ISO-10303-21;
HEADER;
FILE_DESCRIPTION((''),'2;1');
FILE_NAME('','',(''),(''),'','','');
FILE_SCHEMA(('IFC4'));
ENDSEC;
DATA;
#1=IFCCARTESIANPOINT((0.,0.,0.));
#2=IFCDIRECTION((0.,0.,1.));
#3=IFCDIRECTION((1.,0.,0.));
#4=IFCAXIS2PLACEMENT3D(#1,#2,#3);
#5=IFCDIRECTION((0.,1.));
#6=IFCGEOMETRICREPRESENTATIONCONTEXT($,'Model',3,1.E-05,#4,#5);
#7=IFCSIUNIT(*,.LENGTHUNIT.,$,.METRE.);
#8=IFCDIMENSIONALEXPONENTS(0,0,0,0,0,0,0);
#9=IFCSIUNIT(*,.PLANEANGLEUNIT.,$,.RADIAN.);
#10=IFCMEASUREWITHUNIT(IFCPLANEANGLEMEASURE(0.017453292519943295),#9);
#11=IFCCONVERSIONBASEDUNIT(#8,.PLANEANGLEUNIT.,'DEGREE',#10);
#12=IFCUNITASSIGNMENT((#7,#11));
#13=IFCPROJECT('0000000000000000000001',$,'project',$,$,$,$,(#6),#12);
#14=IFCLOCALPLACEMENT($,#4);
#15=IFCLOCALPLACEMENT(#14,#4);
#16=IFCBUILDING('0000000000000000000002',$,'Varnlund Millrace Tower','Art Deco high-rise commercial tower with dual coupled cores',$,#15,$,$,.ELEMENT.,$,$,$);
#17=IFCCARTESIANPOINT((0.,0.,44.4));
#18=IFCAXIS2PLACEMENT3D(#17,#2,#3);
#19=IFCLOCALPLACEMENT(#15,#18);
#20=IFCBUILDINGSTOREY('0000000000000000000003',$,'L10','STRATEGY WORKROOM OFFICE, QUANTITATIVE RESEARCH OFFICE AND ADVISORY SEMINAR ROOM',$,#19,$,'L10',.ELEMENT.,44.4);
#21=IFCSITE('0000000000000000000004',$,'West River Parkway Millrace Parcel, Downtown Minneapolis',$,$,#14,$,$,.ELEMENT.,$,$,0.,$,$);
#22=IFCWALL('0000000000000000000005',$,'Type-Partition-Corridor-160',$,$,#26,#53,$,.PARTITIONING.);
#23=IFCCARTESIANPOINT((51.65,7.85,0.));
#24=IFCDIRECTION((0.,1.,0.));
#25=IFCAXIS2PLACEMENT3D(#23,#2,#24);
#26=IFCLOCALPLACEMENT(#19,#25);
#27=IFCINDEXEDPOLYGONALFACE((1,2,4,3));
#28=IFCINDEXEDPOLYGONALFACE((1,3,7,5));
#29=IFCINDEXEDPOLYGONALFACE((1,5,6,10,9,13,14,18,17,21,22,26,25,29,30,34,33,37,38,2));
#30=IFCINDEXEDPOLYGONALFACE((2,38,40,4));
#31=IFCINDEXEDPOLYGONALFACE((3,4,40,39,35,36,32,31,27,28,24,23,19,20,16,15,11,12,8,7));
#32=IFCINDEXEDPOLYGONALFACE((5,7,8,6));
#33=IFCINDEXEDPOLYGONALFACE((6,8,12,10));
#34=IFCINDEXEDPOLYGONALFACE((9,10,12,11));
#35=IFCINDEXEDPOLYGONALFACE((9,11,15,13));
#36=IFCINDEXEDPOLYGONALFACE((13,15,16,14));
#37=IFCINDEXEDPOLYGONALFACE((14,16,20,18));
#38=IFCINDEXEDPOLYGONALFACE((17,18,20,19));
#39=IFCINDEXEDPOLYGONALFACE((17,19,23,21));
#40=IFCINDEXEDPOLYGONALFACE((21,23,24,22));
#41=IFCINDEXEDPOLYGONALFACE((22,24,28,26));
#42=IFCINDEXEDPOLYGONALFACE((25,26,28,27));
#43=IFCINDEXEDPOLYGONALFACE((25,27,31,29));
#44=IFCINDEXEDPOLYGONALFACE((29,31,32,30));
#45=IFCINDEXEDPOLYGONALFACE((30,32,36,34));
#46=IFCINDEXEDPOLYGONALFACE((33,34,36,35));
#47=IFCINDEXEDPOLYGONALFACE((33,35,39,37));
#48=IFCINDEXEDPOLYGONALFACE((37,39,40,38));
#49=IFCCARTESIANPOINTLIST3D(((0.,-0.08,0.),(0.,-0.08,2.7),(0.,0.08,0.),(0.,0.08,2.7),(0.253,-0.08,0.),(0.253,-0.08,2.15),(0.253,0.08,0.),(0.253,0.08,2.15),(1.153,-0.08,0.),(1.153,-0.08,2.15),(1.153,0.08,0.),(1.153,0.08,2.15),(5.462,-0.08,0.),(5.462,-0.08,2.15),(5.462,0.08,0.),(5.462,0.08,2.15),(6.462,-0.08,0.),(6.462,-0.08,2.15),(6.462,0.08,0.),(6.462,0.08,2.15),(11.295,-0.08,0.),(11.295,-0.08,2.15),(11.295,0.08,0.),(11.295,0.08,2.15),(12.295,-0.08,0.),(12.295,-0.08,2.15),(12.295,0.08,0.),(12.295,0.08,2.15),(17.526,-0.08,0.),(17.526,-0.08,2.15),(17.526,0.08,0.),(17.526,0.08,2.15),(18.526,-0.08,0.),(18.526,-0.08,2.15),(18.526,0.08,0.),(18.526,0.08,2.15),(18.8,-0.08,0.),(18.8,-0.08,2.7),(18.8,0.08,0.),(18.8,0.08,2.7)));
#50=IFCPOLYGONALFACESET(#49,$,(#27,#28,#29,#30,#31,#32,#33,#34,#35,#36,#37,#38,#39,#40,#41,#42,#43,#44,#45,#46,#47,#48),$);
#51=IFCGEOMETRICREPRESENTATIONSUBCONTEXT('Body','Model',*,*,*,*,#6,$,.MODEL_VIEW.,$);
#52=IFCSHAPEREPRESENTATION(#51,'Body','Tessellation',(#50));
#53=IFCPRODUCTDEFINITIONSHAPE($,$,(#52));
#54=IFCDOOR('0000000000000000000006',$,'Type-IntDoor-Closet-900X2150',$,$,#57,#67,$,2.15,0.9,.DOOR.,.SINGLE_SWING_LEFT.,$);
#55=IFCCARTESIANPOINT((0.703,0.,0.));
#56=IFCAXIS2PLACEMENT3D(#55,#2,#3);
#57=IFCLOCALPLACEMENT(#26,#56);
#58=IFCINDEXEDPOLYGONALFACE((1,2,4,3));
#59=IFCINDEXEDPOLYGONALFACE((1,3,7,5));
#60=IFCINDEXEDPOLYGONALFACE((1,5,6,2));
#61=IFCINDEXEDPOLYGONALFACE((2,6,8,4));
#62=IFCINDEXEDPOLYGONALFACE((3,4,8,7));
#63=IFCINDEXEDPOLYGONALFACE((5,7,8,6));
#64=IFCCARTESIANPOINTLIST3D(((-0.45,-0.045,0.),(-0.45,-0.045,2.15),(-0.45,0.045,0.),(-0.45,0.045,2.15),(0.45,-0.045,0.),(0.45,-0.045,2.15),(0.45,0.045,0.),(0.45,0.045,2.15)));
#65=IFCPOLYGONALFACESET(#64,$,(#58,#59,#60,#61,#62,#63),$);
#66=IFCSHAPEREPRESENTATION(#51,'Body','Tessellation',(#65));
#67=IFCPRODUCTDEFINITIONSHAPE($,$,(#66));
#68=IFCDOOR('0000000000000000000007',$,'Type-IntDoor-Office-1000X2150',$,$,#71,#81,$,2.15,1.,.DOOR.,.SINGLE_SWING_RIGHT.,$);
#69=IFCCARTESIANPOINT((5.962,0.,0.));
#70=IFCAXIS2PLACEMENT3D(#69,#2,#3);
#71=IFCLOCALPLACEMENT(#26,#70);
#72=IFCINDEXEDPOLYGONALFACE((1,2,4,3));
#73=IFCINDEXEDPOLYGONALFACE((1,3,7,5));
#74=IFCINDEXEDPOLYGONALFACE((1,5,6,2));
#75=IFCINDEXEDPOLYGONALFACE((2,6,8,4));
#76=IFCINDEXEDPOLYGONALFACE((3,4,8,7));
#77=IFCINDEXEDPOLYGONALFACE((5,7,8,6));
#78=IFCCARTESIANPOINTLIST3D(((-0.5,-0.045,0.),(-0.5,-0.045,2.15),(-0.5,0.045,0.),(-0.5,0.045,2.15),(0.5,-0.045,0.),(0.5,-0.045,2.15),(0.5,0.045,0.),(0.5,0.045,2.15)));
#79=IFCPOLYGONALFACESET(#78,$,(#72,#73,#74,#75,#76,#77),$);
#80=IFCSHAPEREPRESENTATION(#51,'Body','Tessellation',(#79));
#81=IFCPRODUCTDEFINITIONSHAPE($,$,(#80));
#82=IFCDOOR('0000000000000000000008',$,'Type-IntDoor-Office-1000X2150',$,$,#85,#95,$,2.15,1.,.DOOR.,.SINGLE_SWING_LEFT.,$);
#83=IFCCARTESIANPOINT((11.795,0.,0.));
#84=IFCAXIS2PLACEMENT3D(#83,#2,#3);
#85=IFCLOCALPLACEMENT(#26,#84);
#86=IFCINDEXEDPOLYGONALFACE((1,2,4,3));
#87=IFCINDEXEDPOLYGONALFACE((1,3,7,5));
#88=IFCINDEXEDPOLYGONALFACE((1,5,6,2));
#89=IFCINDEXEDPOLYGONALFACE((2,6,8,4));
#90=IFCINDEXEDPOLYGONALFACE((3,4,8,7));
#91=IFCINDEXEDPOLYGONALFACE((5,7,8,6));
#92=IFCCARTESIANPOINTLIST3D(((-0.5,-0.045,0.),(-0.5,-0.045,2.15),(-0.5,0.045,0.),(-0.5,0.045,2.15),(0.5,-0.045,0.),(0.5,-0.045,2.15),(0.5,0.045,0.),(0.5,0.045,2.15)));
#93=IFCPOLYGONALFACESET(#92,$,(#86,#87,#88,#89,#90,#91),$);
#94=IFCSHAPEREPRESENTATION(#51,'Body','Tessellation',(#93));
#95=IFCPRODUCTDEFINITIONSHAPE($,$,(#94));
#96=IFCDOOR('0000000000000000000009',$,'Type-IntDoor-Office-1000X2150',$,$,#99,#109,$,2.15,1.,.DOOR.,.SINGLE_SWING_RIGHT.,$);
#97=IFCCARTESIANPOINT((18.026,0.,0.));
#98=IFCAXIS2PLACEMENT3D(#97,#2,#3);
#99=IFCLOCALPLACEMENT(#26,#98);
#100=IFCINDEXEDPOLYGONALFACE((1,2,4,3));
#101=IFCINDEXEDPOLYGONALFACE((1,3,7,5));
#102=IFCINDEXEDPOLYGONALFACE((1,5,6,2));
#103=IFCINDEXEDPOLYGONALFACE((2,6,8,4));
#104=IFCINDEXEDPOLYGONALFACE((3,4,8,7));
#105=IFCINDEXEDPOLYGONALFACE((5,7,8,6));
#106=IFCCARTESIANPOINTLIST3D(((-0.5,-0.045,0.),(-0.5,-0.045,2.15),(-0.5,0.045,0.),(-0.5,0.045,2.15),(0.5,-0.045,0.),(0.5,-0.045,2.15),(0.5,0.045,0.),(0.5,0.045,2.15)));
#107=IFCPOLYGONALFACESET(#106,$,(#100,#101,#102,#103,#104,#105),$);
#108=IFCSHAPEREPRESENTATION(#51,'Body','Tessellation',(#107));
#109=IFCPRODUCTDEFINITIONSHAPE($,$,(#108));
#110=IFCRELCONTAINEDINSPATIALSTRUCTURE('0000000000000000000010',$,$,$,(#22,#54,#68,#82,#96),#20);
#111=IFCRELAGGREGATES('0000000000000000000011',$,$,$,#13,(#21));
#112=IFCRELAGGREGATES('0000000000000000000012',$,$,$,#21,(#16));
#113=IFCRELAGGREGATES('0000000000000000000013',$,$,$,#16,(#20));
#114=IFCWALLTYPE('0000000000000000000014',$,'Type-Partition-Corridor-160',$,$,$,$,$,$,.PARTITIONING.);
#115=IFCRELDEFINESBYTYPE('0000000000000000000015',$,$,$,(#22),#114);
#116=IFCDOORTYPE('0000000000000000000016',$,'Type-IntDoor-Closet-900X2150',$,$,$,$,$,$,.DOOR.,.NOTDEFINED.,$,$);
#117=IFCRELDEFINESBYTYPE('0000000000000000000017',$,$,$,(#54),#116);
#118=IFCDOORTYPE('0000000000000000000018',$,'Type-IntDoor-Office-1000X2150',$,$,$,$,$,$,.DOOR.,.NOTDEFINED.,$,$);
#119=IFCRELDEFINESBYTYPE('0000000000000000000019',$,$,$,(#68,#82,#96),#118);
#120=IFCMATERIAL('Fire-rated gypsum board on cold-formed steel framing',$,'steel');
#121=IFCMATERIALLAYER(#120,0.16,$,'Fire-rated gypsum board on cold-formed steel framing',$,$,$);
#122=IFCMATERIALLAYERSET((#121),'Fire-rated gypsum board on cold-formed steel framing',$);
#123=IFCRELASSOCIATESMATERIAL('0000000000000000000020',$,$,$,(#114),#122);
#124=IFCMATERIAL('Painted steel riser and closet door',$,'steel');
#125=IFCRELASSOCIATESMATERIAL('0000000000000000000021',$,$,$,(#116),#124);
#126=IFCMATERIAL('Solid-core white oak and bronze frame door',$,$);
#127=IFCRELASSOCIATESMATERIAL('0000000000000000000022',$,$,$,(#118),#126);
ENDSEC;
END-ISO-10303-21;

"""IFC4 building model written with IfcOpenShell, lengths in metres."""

from ifc_helpers import new_model, entity, si_unit, converted_unit, direction, frame, origin_with_axes, origin_2d_with_axis, place, context, subcontext, project, spatial, polyline, rectangle, outline, extrude, material, layer, layer_set, type_object, element, fill, save


model = new_model("IFC4")

# Units and contexts
model_context = context("Model", 3, precision=1e-05, world=origin_with_axes(), true_north=direction((0.0, 1.0)))
body_context = subcontext(model_context, "Body", "Model", "MODEL_VIEW")
ifc_project = project(units=[si_unit("LENGTHUNIT", "METRE"), converted_unit("PLANEANGLEUNIT", "DEGREE", entity("IfcPlaneAngleMeasure", 0.017453292519943295), si_unit("PLANEANGLEUNIT", "RADIAN"), dimensions=[0, 0, 0, 0, 0, 0, 0])], contexts=[model_context])

# Site, building, storey
site_placement = place(None, origin_with_axes())
site = spatial("IfcSite", under=ifc_project, at=site_placement, Name="West River Parkway Millrace Parcel, Downtown Minneapolis", CompositionType="ELEMENT", RefElevation=0.0)
building_placement = place(site_placement, origin_with_axes())
building = spatial("IfcBuilding", under=site, at=building_placement, Name="Varnlund Millrace Tower", Description="Art Deco high-rise commercial tower with dual coupled cores", CompositionType="ELEMENT")
storey_placement = place(building_placement, frame((0.0, 0.0, 44.4), z_axis=(0.0, 0.0, 1.0), x_axis=(1.0, 0.0, 0.0)))
storey = spatial("IfcBuildingStorey", under=building, at=storey_placement, Name="L10", Description="STRATEGY WORKROOM OFFICE, QUANTITATIVE RESEARCH OFFICE AND ADVISORY SEMINAR ROOM", LongName="L10", CompositionType="ELEMENT", Elevation=44.4)

# Wall, openings, doors
ifc_material_1 = material(Name="Fire-rated gypsum board on cold-formed steel framing", Category="steel")
ifc_layer_1 = layer(ifc_material_1, 0.16, Name="Fire-rated gypsum board on cold-formed steel framing")
ifc_layer_set_1 = layer_set([ifc_layer_1], Name="Fire-rated gypsum board on cold-formed steel framing")
wall_type_1 = type_object("IfcWallType", Name="Type-Partition-Corridor-160", PredefinedType="PARTITIONING", material=ifc_layer_set_1)
wall_1_placement = place(storey_placement, frame((51.65, 7.85, 0.0), z_axis=(0.0, 0.0, 1.0), x_axis=(0.0, 1.0, 0.0)))
wall_1 = element("IfcWall", 1, at=wall_1_placement, inside=storey, type_object=wall_type_1, Name="Type-Partition-Corridor-160", PredefinedType="PARTITIONING", context=body_context, shape_type="SweptSolid", body=[
    extrude(outline(polyline([(0.0, -0.08), (18.8, -0.08), (18.8, 0.08), (0.0, 0.08), (0.0, -0.08)])), origin_with_axes(), (0.0, 0.0, 1.0), 2.7),
])
opening_1_placement = place(wall_1_placement, frame((0.703, 0.0, 0.0), z_axis=(0.0, 0.0, 1.0), x_axis=(1.0, 0.0, 0.0)))
opening_1 = element("IfcOpeningElement", 2, at=opening_1_placement, cuts=wall_1, PredefinedType="OPENING", context=body_context, shape_type="SweptSolid", body=[
    extrude(rectangle(XDim=0.9, YDim=0.18, at=origin_2d_with_axis()), origin_with_axes(), (0.0, 0.0, 1.0), 2.15),
])
opening_2_placement = place(wall_1_placement, frame((5.962, 0.0, 0.0), z_axis=(0.0, 0.0, 1.0), x_axis=(1.0, 0.0, 0.0)))
opening_2 = element("IfcOpeningElement", 3, at=opening_2_placement, cuts=wall_1, PredefinedType="OPENING", context=body_context, shape_type="SweptSolid", body=[
    extrude(rectangle(XDim=1.0, YDim=0.18, at=origin_2d_with_axis()), origin_with_axes(), (0.0, 0.0, 1.0), 2.15),
])
opening_3_placement = place(wall_1_placement, frame((11.795, 0.0, 0.0), z_axis=(0.0, 0.0, 1.0), x_axis=(1.0, 0.0, 0.0)))
opening_3 = element("IfcOpeningElement", 4, at=opening_3_placement, cuts=wall_1, PredefinedType="OPENING", context=body_context, shape_type="SweptSolid", body=[
    extrude(rectangle(XDim=1.0, YDim=0.18, at=origin_2d_with_axis()), origin_with_axes(), (0.0, 0.0, 1.0), 2.15),
])
opening_4_placement = place(wall_1_placement, frame((18.026, 0.0, 0.0), z_axis=(0.0, 0.0, 1.0), x_axis=(1.0, 0.0, 0.0)))
opening_4 = element("IfcOpeningElement", 5, at=opening_4_placement, cuts=wall_1, PredefinedType="OPENING", context=body_context, shape_type="SweptSolid", body=[
    extrude(rectangle(XDim=1.0, YDim=0.18, at=origin_2d_with_axis()), origin_with_axes(), (0.0, 0.0, 1.0), 2.15),
])
ifc_material_2 = material(Name="Painted steel riser and closet door", Category="steel")
door_type_1 = type_object("IfcDoorType", Name="Type-IntDoor-Closet-900X2150", OperationType="NOTDEFINED", PredefinedType="DOOR", material=ifc_material_2)
door_1_placement = place(wall_1_placement, frame((0.703, 0.0, 0.0), z_axis=(0.0, 0.0, 1.0), x_axis=(1.0, 0.0, 0.0)))
door_1 = element("IfcDoor", 6, at=door_1_placement, inside=storey, type_object=door_type_1, Name="Type-IntDoor-Closet-900X2150", OperationType="SINGLE_SWING_LEFT", OverallHeight=2.15, OverallWidth=0.9, PredefinedType="DOOR", context=body_context, shape_type="SweptSolid", body=[
    extrude(rectangle(XDim=0.9, YDim=0.09, at=origin_2d_with_axis()), origin_with_axes(), (0.0, 0.0, 1.0), 2.15),
])
fill(opening_1, door_1)
ifc_material_3 = material(Name="Solid-core white oak and bronze frame door")
door_type_2 = type_object("IfcDoorType", Name="Type-IntDoor-Office-1000X2150", OperationType="NOTDEFINED", PredefinedType="DOOR", material=ifc_material_3)
door_2_placement = place(wall_1_placement, frame((5.962, 0.0, 0.0), z_axis=(0.0, 0.0, 1.0), x_axis=(1.0, 0.0, 0.0)))
door_2 = element("IfcDoor", 7, at=door_2_placement, inside=storey, type_object=door_type_2, Name="Type-IntDoor-Office-1000X2150", OperationType="SINGLE_SWING_RIGHT", OverallHeight=2.15, OverallWidth=1.0, PredefinedType="DOOR", context=body_context, shape_type="SweptSolid", body=[
    extrude(rectangle(XDim=1.0, YDim=0.09, at=origin_2d_with_axis()), origin_with_axes(), (0.0, 0.0, 1.0), 2.15),
])
fill(opening_2, door_2)
door_3_placement = place(wall_1_placement, frame((11.795, 0.0, 0.0), z_axis=(0.0, 0.0, 1.0), x_axis=(1.0, 0.0, 0.0)))
door_3 = element("IfcDoor", 8, at=door_3_placement, inside=storey, type_object=door_type_2, Name="Type-IntDoor-Office-1000X2150", OperationType="SINGLE_SWING_LEFT", OverallHeight=2.15, OverallWidth=1.0, PredefinedType="DOOR", context=body_context, shape_type="SweptSolid", body=[
    extrude(rectangle(XDim=1.0, YDim=0.09, at=origin_2d_with_axis()), origin_with_axes(), (0.0, 0.0, 1.0), 2.15),
])
fill(opening_3, door_3)
door_4_placement = place(wall_1_placement, frame((18.026, 0.0, 0.0), z_axis=(0.0, 0.0, 1.0), x_axis=(1.0, 0.0, 0.0)))
door_4 = element("IfcDoor", 9, at=door_4_placement, inside=storey, type_object=door_type_2, Name="Type-IntDoor-Office-1000X2150", OperationType="SINGLE_SWING_RIGHT", OverallHeight=2.15, OverallWidth=1.0, PredefinedType="DOOR", context=body_context, shape_type="SweptSolid", body=[
    extrude(rectangle(XDim=1.0, YDim=0.09, at=origin_2d_with_axis()), origin_with_axes(), (0.0, 0.0, 1.0), 2.15),
])
fill(opening_4, door_4)

save(model, "model.ifc")
